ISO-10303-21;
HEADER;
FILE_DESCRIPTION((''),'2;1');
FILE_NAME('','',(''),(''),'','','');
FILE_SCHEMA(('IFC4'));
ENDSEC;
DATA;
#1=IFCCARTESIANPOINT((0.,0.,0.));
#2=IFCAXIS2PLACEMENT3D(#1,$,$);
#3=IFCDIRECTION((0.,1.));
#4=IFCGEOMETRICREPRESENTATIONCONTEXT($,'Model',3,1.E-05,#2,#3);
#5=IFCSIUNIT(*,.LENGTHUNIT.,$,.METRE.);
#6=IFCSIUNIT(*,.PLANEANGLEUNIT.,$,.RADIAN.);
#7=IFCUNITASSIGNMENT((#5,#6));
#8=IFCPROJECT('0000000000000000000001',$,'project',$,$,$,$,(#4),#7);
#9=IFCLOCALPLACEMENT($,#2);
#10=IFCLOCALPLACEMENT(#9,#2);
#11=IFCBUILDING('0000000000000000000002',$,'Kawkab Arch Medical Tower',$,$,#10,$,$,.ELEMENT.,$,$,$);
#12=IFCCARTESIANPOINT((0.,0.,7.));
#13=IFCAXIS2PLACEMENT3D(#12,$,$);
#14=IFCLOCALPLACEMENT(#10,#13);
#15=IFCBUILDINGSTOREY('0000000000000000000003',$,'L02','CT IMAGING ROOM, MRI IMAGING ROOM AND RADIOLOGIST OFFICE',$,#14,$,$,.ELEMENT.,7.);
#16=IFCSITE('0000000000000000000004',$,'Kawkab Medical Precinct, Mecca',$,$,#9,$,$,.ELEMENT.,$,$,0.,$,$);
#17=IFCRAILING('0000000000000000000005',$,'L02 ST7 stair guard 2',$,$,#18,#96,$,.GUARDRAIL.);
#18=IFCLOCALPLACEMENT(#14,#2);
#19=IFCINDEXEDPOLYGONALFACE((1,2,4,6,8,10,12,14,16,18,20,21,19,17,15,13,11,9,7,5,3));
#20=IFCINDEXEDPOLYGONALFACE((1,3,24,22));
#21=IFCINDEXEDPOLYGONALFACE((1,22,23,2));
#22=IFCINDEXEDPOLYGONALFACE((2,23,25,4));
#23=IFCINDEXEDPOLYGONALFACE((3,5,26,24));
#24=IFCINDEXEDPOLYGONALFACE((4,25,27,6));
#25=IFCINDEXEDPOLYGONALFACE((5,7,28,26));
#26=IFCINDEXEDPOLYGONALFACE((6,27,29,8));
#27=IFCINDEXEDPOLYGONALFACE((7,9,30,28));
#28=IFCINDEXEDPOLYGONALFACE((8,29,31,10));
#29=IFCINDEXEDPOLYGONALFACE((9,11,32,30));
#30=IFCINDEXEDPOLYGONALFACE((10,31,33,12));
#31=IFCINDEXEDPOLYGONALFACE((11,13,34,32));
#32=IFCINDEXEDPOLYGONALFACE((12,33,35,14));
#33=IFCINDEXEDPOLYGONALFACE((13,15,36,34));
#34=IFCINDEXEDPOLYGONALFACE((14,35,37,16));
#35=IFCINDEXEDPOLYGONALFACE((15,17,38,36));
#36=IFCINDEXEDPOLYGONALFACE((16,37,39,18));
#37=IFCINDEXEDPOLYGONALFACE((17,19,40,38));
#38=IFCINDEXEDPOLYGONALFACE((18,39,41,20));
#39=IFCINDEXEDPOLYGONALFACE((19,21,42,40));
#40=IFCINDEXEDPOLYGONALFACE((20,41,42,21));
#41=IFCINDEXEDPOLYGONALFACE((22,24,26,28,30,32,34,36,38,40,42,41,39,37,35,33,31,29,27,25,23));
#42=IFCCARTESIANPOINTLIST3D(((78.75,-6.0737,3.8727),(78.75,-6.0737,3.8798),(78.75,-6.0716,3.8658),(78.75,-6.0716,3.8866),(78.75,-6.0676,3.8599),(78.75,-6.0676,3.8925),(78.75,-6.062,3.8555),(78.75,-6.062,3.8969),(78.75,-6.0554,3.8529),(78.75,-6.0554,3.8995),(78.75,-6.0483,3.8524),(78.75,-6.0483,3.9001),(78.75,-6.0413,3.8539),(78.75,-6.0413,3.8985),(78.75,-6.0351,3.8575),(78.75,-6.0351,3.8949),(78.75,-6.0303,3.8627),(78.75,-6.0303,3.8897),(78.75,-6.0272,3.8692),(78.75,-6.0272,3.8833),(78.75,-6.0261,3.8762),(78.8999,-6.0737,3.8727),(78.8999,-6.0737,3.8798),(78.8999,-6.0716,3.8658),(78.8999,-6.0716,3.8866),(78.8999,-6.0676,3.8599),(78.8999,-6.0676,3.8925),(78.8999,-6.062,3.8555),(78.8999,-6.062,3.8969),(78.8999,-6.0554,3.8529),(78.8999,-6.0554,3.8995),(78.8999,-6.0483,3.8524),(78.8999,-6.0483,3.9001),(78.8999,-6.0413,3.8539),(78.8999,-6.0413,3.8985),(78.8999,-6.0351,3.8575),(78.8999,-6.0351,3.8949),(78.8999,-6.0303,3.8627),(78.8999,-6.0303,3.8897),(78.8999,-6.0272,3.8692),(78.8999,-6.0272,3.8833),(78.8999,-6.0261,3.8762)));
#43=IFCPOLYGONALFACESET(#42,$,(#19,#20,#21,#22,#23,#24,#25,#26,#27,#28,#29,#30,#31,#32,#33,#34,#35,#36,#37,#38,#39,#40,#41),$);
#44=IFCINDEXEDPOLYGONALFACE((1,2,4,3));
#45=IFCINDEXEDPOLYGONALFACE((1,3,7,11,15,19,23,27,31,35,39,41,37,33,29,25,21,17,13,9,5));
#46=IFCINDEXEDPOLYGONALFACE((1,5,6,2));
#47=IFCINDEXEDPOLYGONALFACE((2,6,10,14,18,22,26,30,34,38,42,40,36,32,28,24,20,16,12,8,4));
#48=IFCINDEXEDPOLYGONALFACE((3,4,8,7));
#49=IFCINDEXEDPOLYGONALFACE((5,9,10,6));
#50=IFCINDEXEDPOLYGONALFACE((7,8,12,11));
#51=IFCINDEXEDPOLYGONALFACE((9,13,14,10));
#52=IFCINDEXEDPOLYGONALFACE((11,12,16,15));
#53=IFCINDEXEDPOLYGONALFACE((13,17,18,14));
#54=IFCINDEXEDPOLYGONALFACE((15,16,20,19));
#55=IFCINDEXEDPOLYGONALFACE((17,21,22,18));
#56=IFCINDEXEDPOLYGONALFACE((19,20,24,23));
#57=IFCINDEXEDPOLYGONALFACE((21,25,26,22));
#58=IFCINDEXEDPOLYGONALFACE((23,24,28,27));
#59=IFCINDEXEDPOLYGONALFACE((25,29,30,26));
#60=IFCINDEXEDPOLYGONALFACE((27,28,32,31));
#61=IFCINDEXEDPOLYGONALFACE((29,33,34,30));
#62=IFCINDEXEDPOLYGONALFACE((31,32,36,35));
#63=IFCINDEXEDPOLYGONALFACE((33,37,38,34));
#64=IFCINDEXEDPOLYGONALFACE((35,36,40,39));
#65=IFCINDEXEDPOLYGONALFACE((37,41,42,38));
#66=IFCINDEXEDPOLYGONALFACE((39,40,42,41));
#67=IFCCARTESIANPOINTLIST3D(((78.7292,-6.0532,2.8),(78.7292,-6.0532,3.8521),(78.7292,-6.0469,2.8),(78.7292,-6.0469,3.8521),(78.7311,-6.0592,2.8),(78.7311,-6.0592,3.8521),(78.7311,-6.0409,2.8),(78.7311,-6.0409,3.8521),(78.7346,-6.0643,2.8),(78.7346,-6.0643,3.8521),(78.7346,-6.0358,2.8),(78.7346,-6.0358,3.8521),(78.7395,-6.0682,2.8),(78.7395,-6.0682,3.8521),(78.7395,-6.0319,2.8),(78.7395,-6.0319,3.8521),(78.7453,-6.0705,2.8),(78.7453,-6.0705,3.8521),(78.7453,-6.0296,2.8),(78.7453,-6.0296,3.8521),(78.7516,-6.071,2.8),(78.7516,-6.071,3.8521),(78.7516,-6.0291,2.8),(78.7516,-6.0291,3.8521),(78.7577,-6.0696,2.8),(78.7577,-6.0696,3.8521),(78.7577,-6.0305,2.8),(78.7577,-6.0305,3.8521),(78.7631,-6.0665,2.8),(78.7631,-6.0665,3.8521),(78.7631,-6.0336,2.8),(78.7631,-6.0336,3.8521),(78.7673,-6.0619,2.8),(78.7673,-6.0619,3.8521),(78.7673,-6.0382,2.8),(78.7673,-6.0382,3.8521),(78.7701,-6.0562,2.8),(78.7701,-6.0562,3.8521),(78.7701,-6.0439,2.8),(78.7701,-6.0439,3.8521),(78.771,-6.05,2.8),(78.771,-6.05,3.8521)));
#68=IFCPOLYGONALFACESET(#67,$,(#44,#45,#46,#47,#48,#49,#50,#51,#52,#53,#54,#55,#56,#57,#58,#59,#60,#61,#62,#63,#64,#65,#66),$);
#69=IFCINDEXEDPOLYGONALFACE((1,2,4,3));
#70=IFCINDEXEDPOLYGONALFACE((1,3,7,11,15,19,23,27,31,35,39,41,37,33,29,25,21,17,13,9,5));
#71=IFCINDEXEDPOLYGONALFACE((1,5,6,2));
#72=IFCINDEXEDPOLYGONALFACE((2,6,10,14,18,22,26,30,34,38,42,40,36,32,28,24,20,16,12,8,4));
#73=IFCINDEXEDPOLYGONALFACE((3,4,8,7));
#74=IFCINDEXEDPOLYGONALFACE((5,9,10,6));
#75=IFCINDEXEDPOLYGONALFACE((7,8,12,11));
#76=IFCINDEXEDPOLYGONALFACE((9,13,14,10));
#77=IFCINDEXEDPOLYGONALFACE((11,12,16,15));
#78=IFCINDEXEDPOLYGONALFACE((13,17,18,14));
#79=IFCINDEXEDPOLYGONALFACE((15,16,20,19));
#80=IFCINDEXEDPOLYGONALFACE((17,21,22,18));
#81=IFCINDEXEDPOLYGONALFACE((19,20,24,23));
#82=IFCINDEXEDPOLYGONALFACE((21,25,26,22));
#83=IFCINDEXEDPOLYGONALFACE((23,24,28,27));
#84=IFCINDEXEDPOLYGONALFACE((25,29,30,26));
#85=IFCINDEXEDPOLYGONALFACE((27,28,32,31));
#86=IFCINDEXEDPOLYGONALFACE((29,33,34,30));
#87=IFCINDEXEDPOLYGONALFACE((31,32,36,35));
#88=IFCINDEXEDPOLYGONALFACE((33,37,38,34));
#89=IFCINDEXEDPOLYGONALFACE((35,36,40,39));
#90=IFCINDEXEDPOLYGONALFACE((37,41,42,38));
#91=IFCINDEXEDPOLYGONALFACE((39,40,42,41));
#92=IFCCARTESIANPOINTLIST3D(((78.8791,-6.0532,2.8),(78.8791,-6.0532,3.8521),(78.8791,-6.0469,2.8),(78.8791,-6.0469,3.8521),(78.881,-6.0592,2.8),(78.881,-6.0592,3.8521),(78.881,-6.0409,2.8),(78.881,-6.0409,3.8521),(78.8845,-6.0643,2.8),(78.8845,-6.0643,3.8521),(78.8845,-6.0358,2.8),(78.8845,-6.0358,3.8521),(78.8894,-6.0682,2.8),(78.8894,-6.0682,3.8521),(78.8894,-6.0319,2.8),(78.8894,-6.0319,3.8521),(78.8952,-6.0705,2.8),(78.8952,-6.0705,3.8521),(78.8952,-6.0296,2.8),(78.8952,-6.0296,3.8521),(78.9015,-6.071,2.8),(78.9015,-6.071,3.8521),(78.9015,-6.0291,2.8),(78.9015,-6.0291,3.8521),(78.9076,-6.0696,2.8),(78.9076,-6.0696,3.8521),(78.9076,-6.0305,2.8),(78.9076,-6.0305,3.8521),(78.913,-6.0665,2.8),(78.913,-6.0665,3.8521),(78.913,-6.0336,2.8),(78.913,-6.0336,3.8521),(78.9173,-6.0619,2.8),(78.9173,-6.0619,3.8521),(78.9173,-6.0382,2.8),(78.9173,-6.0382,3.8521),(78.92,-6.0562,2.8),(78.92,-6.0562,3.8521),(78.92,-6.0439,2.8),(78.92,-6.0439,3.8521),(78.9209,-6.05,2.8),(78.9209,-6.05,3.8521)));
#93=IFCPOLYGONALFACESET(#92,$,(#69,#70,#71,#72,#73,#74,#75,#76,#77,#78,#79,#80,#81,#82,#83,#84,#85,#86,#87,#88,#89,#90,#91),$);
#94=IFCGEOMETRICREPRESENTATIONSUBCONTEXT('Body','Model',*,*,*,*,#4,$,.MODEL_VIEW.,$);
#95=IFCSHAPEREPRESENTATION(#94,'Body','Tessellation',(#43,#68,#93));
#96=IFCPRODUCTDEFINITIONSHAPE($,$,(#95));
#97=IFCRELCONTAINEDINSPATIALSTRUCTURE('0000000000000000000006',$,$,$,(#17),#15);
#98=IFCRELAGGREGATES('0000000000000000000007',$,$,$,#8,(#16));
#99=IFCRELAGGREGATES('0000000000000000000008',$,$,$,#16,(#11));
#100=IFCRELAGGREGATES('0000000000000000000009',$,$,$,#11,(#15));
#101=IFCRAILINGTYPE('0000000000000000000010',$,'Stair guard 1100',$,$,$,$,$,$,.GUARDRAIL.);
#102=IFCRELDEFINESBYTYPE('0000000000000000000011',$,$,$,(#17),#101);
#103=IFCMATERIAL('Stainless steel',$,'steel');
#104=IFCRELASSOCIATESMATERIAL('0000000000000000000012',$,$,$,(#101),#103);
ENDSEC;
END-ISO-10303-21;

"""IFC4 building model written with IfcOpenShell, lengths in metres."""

from ifc_helpers import new_model, si_unit, direction, frame, origin, origin_2d, place, context, subcontext, project, spatial, circle, extrude, material, type_object, element, save


model = new_model("IFC4")

# Units and contexts
model_context = context("Model", 3, precision=1e-05, world=origin(), true_north=direction((0.0, 1.0)))
body_context = subcontext(model_context, "Body", "Model", "MODEL_VIEW")
ifc_project = project(units=[si_unit("LENGTHUNIT", "METRE"), si_unit("PLANEANGLEUNIT", "RADIAN")], contexts=[model_context])

# Site, building, storey
site_placement = place(None, origin())
site = spatial("IfcSite", under=ifc_project, at=site_placement, Name="Kawkab Medical Precinct, Mecca", CompositionType="ELEMENT", RefElevation=0.0)
building_placement = place(site_placement, origin())
building = spatial("IfcBuilding", under=site, at=building_placement, Name="Kawkab Arch Medical Tower", CompositionType="ELEMENT")
storey_placement = place(building_placement, frame((0.0, 0.0, 7.0)))
storey = spatial("IfcBuildingStorey", under=building, at=storey_placement, Name="L02", Description="CT IMAGING ROOM, MRI IMAGING ROOM AND RADIOLOGIST OFFICE", CompositionType="ELEMENT", Elevation=7.0)

# Railing
ifc_material_1 = material(Name="Stainless steel", Category="steel")
railing_type = type_object("IfcRailingType", Name="Stair guard 1100", PredefinedType="GUARDRAIL", material=ifc_material_1)
railing_1_placement = place(storey_placement, frame((78.75, -6.05, 2.8)))
element("IfcRailing", 1, at=railing_1_placement, inside=storey, type_object=railing_type, Name="L02 ST7 stair guard 2", PredefinedType="GUARDRAIL", context=body_context, shape_type="SweptSolid", body=[
    extrude(circle(Radius=0.0239, at=origin_2d()), frame((0.0, 0.0, 1.0762), z_axis=(1.0, 0.0, 0.0), x_axis=(0.0, 1.0, 0.0)), (0.0, 0.0, 1.0), 0.1499),
    extrude(circle(Radius=0.021, at=origin_2d()), origin(), (0.0, 0.0, 1.0), 1.052),
    extrude(circle(Radius=0.021, at=origin_2d()), frame((0.1499, 0.0, 0.0)), (0.0, 0.0, 1.0), 1.052),
])

save(model, "model.ifc")
